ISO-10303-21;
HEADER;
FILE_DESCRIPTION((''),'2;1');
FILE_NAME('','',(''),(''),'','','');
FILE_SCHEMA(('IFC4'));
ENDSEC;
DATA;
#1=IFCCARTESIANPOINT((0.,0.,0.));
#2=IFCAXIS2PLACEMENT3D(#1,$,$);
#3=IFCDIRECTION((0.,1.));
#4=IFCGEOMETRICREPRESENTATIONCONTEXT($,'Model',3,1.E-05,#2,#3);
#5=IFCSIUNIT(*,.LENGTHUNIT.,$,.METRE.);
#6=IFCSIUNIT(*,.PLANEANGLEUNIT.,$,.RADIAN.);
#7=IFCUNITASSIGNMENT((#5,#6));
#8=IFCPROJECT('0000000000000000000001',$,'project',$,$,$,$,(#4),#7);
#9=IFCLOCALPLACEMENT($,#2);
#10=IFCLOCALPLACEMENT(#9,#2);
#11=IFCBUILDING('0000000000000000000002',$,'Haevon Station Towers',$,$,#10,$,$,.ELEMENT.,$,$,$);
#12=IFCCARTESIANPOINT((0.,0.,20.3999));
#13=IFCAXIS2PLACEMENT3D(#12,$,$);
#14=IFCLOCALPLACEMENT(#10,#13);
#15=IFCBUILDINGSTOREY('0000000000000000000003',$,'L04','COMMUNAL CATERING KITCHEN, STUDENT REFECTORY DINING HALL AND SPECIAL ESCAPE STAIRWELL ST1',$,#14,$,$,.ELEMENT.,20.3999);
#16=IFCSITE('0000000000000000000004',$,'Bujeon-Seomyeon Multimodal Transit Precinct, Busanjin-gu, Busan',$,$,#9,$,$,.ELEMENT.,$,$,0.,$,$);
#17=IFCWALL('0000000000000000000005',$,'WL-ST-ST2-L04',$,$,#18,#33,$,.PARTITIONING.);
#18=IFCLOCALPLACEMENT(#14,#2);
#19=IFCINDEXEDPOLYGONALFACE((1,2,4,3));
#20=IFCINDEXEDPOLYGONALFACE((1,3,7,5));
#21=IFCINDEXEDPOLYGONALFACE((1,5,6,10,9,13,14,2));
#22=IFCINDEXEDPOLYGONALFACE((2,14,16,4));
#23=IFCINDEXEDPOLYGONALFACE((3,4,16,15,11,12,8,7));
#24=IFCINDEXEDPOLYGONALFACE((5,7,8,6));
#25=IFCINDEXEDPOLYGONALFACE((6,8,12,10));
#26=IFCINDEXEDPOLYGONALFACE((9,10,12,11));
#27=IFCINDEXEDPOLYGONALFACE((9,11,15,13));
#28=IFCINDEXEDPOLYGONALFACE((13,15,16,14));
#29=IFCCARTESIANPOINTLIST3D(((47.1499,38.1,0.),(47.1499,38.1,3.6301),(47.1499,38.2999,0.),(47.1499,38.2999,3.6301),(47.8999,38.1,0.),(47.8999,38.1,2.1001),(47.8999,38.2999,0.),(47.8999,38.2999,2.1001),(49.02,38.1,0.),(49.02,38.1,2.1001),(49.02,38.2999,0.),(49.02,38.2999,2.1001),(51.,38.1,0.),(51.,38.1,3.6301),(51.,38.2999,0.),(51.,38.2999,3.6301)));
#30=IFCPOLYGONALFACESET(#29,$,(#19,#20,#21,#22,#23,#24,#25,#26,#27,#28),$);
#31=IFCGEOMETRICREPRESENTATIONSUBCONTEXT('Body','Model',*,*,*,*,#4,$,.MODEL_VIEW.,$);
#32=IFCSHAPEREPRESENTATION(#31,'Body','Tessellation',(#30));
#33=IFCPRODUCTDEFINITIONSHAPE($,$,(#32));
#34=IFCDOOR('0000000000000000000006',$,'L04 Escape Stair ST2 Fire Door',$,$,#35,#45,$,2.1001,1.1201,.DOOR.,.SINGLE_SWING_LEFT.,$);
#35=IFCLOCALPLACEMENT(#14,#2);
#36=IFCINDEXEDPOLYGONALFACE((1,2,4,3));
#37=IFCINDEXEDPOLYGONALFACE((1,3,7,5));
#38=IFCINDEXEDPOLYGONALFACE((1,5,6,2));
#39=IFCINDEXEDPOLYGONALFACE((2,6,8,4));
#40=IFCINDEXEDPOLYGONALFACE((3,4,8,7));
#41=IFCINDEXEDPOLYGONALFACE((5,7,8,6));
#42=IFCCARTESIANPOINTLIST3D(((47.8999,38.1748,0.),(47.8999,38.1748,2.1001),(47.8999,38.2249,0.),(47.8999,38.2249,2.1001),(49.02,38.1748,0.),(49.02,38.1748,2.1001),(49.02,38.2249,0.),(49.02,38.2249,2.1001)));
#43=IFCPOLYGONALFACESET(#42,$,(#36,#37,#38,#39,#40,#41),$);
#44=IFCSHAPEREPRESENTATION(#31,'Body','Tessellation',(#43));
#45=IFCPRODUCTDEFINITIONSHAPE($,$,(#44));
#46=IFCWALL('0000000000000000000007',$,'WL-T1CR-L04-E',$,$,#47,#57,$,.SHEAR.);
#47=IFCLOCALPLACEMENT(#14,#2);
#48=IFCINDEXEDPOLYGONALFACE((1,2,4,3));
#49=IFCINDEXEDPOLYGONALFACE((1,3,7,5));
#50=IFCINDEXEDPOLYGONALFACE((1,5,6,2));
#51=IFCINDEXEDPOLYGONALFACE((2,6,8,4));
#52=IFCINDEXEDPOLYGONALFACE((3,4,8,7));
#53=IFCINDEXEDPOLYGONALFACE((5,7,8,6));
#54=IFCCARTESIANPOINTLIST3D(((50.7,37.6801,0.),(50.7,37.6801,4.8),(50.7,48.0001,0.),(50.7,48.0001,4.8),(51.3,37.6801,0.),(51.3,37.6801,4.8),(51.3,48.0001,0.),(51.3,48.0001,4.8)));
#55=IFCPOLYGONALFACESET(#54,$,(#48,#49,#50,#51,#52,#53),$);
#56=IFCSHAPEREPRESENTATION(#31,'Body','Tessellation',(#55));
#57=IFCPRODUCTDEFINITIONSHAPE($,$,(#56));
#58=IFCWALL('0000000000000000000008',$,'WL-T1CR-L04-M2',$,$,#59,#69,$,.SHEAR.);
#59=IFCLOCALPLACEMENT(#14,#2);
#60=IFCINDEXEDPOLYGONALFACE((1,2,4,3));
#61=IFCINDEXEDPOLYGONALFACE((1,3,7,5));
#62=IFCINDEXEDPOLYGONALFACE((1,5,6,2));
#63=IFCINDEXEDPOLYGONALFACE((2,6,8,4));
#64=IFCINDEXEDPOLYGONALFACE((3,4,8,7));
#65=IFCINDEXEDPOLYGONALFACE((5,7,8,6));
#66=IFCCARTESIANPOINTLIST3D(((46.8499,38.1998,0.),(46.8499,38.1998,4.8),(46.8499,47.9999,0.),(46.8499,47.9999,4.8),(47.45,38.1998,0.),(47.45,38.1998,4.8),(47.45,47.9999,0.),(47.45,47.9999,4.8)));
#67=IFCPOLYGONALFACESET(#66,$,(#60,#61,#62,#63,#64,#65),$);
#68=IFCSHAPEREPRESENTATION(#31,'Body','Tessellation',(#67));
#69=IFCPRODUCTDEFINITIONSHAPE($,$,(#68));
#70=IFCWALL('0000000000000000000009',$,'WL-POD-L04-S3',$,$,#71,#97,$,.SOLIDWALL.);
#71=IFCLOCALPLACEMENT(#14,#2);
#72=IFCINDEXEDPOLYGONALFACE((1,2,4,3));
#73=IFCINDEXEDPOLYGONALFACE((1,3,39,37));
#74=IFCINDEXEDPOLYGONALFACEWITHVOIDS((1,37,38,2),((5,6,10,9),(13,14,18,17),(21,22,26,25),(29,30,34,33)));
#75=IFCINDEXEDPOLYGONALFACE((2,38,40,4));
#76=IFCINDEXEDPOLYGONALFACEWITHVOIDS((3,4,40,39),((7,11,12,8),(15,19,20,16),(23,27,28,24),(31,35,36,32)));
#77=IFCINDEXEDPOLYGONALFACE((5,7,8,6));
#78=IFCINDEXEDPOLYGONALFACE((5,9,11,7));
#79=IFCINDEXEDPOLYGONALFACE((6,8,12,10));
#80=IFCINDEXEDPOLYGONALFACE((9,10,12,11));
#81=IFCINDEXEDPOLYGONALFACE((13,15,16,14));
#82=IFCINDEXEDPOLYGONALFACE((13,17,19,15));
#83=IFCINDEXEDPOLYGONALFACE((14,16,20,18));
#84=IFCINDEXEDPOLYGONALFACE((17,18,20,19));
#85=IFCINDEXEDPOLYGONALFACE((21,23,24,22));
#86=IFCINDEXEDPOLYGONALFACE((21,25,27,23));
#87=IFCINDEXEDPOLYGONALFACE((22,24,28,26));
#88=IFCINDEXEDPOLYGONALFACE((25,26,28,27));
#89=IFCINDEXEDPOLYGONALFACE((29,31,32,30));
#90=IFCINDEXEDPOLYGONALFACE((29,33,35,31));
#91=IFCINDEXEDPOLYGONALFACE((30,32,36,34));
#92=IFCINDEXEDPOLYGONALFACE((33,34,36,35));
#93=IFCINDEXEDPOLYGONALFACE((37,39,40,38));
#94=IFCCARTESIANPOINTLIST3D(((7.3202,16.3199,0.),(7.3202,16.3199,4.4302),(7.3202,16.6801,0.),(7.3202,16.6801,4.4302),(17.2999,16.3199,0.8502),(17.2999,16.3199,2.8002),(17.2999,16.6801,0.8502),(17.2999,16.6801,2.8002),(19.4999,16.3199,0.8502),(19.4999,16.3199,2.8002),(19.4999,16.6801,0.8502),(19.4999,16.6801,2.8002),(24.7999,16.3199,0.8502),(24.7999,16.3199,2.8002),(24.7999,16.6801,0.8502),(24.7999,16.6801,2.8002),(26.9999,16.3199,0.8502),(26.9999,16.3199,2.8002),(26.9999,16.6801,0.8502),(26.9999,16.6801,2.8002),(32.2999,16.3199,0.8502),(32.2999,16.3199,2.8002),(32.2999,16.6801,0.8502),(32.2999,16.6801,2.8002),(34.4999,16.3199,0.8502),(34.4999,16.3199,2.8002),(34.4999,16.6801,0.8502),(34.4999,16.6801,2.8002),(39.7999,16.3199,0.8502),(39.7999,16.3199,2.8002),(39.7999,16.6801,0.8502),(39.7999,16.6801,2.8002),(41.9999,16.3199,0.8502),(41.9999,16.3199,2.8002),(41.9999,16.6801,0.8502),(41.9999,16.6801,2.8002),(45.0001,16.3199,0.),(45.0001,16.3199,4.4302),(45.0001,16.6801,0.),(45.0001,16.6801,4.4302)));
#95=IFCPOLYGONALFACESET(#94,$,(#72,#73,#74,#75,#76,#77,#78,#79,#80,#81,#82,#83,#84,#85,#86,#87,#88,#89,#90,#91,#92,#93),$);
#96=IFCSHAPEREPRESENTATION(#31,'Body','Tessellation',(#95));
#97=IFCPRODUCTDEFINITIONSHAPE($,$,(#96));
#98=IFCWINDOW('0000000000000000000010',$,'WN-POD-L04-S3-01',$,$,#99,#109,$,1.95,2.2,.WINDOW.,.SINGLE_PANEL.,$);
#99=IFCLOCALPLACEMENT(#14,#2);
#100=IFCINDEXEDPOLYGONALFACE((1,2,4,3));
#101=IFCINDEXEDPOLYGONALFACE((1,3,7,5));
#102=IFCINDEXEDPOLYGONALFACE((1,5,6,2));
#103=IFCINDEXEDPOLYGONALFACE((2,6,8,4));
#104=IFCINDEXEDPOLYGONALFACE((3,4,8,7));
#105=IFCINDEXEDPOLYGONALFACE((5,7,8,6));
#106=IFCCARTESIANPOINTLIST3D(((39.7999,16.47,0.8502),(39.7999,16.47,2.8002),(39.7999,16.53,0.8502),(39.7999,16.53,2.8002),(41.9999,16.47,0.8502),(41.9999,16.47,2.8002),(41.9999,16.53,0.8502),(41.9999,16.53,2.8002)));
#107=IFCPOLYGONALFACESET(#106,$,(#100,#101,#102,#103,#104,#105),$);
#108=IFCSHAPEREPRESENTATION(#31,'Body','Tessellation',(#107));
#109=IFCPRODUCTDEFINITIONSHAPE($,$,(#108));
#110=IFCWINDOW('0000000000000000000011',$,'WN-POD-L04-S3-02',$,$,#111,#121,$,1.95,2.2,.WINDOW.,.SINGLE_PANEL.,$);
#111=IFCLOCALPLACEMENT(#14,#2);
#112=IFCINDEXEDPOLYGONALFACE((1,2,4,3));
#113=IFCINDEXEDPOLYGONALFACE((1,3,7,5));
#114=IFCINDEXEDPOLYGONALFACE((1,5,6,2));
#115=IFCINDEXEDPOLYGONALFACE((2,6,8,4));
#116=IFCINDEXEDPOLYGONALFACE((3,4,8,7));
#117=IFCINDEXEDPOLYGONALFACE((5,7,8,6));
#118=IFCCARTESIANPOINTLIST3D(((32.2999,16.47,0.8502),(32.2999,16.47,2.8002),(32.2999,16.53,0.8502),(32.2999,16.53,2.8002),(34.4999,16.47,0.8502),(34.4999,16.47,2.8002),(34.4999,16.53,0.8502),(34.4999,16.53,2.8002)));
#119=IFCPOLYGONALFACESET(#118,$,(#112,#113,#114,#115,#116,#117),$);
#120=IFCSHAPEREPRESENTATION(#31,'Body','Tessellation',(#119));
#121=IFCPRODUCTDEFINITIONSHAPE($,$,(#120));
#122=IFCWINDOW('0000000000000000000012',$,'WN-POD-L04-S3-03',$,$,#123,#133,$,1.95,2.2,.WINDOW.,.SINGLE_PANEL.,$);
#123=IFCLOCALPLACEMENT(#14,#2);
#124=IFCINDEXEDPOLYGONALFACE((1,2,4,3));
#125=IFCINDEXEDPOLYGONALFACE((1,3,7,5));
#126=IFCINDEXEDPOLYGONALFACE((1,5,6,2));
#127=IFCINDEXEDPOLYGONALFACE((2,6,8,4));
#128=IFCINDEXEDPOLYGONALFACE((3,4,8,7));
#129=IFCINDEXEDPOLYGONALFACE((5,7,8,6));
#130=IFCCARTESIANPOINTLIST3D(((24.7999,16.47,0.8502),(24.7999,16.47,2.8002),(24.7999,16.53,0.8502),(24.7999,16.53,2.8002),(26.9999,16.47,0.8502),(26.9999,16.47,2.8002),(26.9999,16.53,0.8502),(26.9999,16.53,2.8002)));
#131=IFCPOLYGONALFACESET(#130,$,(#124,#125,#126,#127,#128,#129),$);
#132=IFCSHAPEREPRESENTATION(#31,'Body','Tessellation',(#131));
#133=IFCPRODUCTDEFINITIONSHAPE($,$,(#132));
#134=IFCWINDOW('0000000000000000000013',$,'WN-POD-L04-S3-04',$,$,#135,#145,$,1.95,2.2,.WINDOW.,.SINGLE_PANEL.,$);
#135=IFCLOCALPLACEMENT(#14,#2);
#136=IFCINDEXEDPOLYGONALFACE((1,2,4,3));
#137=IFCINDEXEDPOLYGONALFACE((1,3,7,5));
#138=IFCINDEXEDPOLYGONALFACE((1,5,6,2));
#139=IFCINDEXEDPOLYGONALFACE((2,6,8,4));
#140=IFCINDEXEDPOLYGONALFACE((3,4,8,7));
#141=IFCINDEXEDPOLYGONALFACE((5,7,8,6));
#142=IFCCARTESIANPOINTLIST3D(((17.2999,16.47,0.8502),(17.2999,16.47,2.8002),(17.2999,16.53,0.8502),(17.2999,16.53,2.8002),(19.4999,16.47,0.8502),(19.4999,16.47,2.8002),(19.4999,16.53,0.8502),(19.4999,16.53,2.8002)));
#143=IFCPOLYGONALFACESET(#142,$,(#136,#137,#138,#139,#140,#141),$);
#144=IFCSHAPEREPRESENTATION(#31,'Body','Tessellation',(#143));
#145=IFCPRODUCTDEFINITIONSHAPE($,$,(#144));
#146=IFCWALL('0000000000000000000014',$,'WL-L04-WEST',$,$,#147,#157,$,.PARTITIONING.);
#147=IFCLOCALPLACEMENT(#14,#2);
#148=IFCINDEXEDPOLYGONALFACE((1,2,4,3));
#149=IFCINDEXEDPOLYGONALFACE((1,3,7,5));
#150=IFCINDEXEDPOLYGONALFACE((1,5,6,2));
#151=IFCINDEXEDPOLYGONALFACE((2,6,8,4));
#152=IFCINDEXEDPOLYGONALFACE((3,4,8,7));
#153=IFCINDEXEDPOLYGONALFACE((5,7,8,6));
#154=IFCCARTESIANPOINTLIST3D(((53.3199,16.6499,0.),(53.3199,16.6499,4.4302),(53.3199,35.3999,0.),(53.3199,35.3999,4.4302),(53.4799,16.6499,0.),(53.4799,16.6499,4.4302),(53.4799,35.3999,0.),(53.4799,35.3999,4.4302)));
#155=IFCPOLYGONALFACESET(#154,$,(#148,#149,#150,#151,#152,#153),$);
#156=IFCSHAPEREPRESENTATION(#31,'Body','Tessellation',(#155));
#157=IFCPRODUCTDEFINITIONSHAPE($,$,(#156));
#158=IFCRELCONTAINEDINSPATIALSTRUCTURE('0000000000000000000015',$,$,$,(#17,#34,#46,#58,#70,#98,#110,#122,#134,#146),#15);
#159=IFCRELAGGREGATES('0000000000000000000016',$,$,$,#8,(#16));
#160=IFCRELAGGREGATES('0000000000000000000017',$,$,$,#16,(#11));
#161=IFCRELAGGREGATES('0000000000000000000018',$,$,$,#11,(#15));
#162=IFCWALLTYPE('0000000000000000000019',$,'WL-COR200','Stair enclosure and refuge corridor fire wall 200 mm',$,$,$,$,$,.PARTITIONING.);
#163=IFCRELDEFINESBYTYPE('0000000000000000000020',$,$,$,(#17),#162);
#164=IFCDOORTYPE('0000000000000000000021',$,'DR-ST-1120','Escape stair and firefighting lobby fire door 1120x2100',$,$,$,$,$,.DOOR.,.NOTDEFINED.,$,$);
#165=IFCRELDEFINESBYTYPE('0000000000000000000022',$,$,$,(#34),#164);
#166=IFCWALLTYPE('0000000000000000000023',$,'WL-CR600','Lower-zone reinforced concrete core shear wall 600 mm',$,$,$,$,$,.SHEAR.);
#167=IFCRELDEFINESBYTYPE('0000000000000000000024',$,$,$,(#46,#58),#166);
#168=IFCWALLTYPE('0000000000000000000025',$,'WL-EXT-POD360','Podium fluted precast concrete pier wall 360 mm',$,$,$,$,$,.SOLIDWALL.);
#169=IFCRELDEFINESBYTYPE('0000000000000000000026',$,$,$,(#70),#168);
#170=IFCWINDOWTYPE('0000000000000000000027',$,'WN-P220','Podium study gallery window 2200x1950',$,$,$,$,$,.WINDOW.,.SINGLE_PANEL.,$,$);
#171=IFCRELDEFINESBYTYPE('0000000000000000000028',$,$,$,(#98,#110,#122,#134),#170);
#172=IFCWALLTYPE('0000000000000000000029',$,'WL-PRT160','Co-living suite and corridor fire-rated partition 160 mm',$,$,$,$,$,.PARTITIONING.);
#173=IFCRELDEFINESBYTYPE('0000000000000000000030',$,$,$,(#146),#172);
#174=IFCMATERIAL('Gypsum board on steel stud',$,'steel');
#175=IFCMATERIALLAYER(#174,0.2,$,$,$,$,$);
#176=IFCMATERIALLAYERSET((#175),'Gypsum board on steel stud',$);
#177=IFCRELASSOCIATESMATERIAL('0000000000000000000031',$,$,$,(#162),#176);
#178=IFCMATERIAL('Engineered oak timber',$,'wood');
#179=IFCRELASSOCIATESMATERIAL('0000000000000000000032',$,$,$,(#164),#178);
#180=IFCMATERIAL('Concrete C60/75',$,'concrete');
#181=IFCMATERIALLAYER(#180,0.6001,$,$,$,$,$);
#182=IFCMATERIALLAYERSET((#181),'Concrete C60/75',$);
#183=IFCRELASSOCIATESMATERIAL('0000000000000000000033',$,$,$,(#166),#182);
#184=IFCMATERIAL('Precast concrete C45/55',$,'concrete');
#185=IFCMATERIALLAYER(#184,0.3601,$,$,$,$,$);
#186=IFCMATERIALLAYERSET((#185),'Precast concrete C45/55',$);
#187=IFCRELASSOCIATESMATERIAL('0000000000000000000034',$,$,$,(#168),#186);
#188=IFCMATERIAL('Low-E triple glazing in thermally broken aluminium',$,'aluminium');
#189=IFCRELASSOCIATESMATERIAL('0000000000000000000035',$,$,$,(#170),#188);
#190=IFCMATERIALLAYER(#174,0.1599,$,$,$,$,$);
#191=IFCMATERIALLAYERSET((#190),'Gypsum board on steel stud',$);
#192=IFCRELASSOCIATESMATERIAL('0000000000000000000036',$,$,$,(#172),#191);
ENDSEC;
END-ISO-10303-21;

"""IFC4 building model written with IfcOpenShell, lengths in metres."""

from ifc_helpers import new_model, si_unit, direction, frame, frame_2d, origin, place, context, subcontext, project, spatial, rectangle, extrude, material, layer, layer_set, type_object, element, fill, save


model = new_model("IFC4")

# Units and contexts
model_context = context("Model", 3, precision=1e-05, world=origin(), true_north=direction((0.0, 1.0)))
body_context = subcontext(model_context, "Body", "Model", "MODEL_VIEW")
ifc_project = project(units=[si_unit("LENGTHUNIT", "METRE"), si_unit("PLANEANGLEUNIT", "RADIAN")], contexts=[model_context])

# Site, building, storey
site_placement = place(None, origin())
site = spatial("IfcSite", under=ifc_project, at=site_placement, Name="Bujeon-Seomyeon Multimodal Transit Precinct, Busanjin-gu, Busan", CompositionType="ELEMENT", RefElevation=0.0)
building_placement = place(site_placement, origin())
building = spatial("IfcBuilding", under=site, at=building_placement, Name="Haevon Station Towers", CompositionType="ELEMENT")
storey_placement = place(building_placement, frame((0.0, 0.0, 20.3999)))
storey = spatial("IfcBuildingStorey", under=building, at=storey_placement, Name="L04", Description="COMMUNAL CATERING KITCHEN, STUDENT REFECTORY DINING HALL AND SPECIAL ESCAPE STAIRWELL ST1", CompositionType="ELEMENT", Elevation=20.3999)

# Wall, opening, door
ifc_material_1 = material(Name="Gypsum board on steel stud", Category="steel")
ifc_layer_1 = layer(ifc_material_1, 0.2)
ifc_layer_set_1 = layer_set([ifc_layer_1], Name="Gypsum board on steel stud")
wall_type_1 = type_object("IfcWallType", Name="WL-COR200", Description="Stair enclosure and refuge corridor fire wall 200 mm", PredefinedType="PARTITIONING", material=ifc_layer_set_1)
wall_1_placement = place(storey_placement, frame((47.1499, 38.2, 0.0), z_axis=(0.0, 0.0, 1.0), x_axis=(1.0, 0.0, 0.0)))
wall_1 = element("IfcWall", 1, at=wall_1_placement, inside=storey, type_object=wall_type_1, Name="WL-ST-ST2-L04", PredefinedType="PARTITIONING", context=body_context, shape_type="SweptSolid", body=[
    extrude(rectangle(XDim=3.8501, YDim=0.2, at=frame_2d((1.925, 0.0))), origin(), (0.0, 0.0, 1.0), 3.6301),
])
opening_1_placement = place(wall_1_placement, frame((0.75, 0.0, 0.0)))
opening_1 = element("IfcOpeningElement", 2, at=opening_1_placement, cuts=wall_1, PredefinedType="OPENING", context=body_context, shape_type="SweptSolid", body=[
    extrude(rectangle(XDim=1.1201, YDim=2.1001, at=frame_2d((0.5601, 1.05))), frame((0.0, 0.1099, 0.0), z_axis=(0.0, -1.0, 0.0), x_axis=(1.0, 0.0, 0.0)), (0.0, 0.0, 1.0), 0.22),
])
ifc_material_2 = material(Name="Engineered oak timber", Category="wood")
door_type = type_object("IfcDoorType", Name="DR-ST-1120", Description="Escape stair and firefighting lobby fire door 1120x2100", OperationType="NOTDEFINED", PredefinedType="DOOR", material=ifc_material_2)
door_placement = place(opening_1_placement, origin())
door = element("IfcDoor", 3, at=door_placement, inside=storey, type_object=door_type, Name="L04 Escape Stair ST2 Fire Door", OperationType="SINGLE_SWING_LEFT", OverallHeight=2.1001, OverallWidth=1.1201, PredefinedType="DOOR", context=body_context, shape_type="SweptSolid", body=[
    extrude(rectangle(XDim=1.1201, YDim=2.1001, at=frame_2d((0.5601, 1.05))), frame((0.0, 0.0249, 0.0), z_axis=(0.0, -1.0, 0.0), x_axis=(1.0, 0.0, 0.0)), (0.0, 0.0, 1.0), 0.05),
])
fill(opening_1, door)

# Walls
ifc_material_3 = material(Name="Concrete C60/75", Category="concrete")
ifc_layer_2 = layer(ifc_material_3, 0.6001)
ifc_layer_set_2 = layer_set([ifc_layer_2], Name="Concrete C60/75")
wall_type_2 = type_object("IfcWallType", Name="WL-CR600", Description="Lower-zone reinforced concrete core shear wall 600 mm", PredefinedType="SHEAR", material=ifc_layer_set_2)
wall_2_placement = place(storey_placement, frame((51.0, 37.6799, 0.0), z_axis=(0.0, 0.0, 1.0), x_axis=(0.0, 1.0, 0.0)))
element("IfcWall", 4, at=wall_2_placement, inside=storey, type_object=wall_type_2, Name="WL-T1CR-L04-E", PredefinedType="SHEAR", context=body_context, shape_type="SweptSolid", body=[
    extrude(rectangle(XDim=10.3201, YDim=0.6001, at=frame_2d((5.1602, 0.0))), origin(), (0.0, 0.0, 1.0), 4.8),
])
wall_3_placement = place(storey_placement, frame((47.1499, 38.2, 0.0), z_axis=(0.0, 0.0, 1.0), x_axis=(0.0, 1.0, 0.0)))
element("IfcWall", 5, at=wall_3_placement, inside=storey, type_object=wall_type_2, Name="WL-T1CR-L04-M2", PredefinedType="SHEAR", context=body_context, shape_type="SweptSolid", body=[
    extrude(rectangle(XDim=9.8, YDim=0.6001, at=frame_2d((4.8999, 0.0))), origin(), (0.0, 0.0, 1.0), 4.8),
])

# Wall, openings, windows
ifc_material_4 = material(Name="Precast concrete C45/55", Category="concrete")
ifc_layer_3 = layer(ifc_material_4, 0.3601)
ifc_layer_set_3 = layer_set([ifc_layer_3], Name="Precast concrete C45/55")
wall_type_3 = type_object("IfcWallType", Name="WL-EXT-POD360", Description="Podium fluted precast concrete pier wall 360 mm", PredefinedType="SOLIDWALL", material=ifc_layer_set_3)
wall_4_placement = place(storey_placement, frame((45.0, 16.5, 0.0), z_axis=(0.0, 0.0, 1.0), x_axis=(-1.0, 0.0, 0.0)))
wall_4 = element("IfcWall", 6, at=wall_4_placement, inside=storey, type_object=wall_type_3, Name="WL-POD-L04-S3", PredefinedType="SOLIDWALL", context=body_context, shape_type="SweptSolid", body=[
    extrude(rectangle(XDim=37.6799, YDim=0.3601, at=frame_2d((18.8398, 0.0))), origin(), (0.0, 0.0, 1.0), 4.4302),
])
opening_2_placement = place(wall_4_placement, frame((3.0, 0.0, 0.8501)))
opening_2 = element("IfcOpeningElement", 7, at=opening_2_placement, cuts=wall_4, PredefinedType="OPENING", context=body_context, shape_type="SweptSolid", body=[
    extrude(rectangle(XDim=2.2, YDim=1.95, at=frame_2d((1.1001, 0.9751))), frame((0.0, 0.1899, 0.0), z_axis=(0.0, -1.0, 0.0), x_axis=(1.0, 0.0, 0.0)), (0.0, 0.0, 1.0), 0.3801),
])
opening_3_placement = place(wall_4_placement, frame((10.5, 0.0, 0.8501)))
opening_3 = element("IfcOpeningElement", 8, at=opening_3_placement, cuts=wall_4, PredefinedType="OPENING", context=body_context, shape_type="SweptSolid", body=[
    extrude(rectangle(XDim=2.2, YDim=1.95, at=frame_2d((1.1001, 0.9751))), frame((0.0, 0.1899, 0.0), z_axis=(0.0, -1.0, 0.0), x_axis=(1.0, 0.0, 0.0)), (0.0, 0.0, 1.0), 0.3801),
])
opening_4_placement = place(wall_4_placement, frame((18.0, 0.0, 0.8501)))
opening_4 = element("IfcOpeningElement", 9, at=opening_4_placement, cuts=wall_4, PredefinedType="OPENING", context=body_context, shape_type="SweptSolid", body=[
    extrude(rectangle(XDim=2.2, YDim=1.95, at=frame_2d((1.1001, 0.9751))), frame((0.0, 0.1899, 0.0), z_axis=(0.0, -1.0, 0.0), x_axis=(1.0, 0.0, 0.0)), (0.0, 0.0, 1.0), 0.3801),
])
opening_5_placement = place(wall_4_placement, frame((25.5, 0.0, 0.8501)))
opening_5 = element("IfcOpeningElement", 10, at=opening_5_placement, cuts=wall_4, PredefinedType="OPENING", context=body_context, shape_type="SweptSolid", body=[
    extrude(rectangle(XDim=2.2, YDim=1.95, at=frame_2d((1.1001, 0.9751))), frame((0.0, 0.1899, 0.0), z_axis=(0.0, -1.0, 0.0), x_axis=(1.0, 0.0, 0.0)), (0.0, 0.0, 1.0), 0.3801),
])
ifc_material_5 = material(Name="Low-E triple glazing in thermally broken aluminium", Category="aluminium")
window_type = type_object("IfcWindowType", Name="WN-P220", Description="Podium study gallery window 2200x1950", PartitioningType="SINGLE_PANEL", PredefinedType="WINDOW", material=ifc_material_5)
window_1_placement = place(opening_2_placement, origin())
window_1 = element("IfcWindow", 11, at=window_1_placement, inside=storey, type_object=window_type, Name="WN-POD-L04-S3-01", OverallHeight=1.95, OverallWidth=2.2, PartitioningType="SINGLE_PANEL", PredefinedType="WINDOW", context=body_context, shape_type="SweptSolid", body=[
    extrude(rectangle(XDim=2.2, YDim=1.95, at=frame_2d((1.1001, 0.9751))), frame((0.0, 0.03, 0.0), z_axis=(0.0, -1.0, 0.0), x_axis=(1.0, 0.0, 0.0)), (0.0, 0.0, 1.0), 0.0601),
])
fill(opening_2, window_1)
window_2_placement = place(opening_3_placement, origin())
window_2 = element("IfcWindow", 12, at=window_2_placement, inside=storey, type_object=window_type, Name="WN-POD-L04-S3-02", OverallHeight=1.95, OverallWidth=2.2, PartitioningType="SINGLE_PANEL", PredefinedType="WINDOW", context=body_context, shape_type="SweptSolid", body=[
    extrude(rectangle(XDim=2.2, YDim=1.95, at=frame_2d((1.1001, 0.9751))), frame((0.0, 0.03, 0.0), z_axis=(0.0, -1.0, 0.0), x_axis=(1.0, 0.0, 0.0)), (0.0, 0.0, 1.0), 0.0601),
])
fill(opening_3, window_2)
window_3_placement = place(opening_4_placement, origin())
window_3 = element("IfcWindow", 13, at=window_3_placement, inside=storey, type_object=window_type, Name="WN-POD-L04-S3-03", OverallHeight=1.95, OverallWidth=2.2, PartitioningType="SINGLE_PANEL", PredefinedType="WINDOW", context=body_context, shape_type="SweptSolid", body=[
    extrude(rectangle(XDim=2.2, YDim=1.95, at=frame_2d((1.1001, 0.9751))), frame((0.0, 0.03, 0.0), z_axis=(0.0, -1.0, 0.0), x_axis=(1.0, 0.0, 0.0)), (0.0, 0.0, 1.0), 0.0601),
])
fill(opening_4, window_3)
window_4_placement = place(opening_5_placement, origin())
window_4 = element("IfcWindow", 14, at=window_4_placement, inside=storey, type_object=window_type, Name="WN-POD-L04-S3-04", OverallHeight=1.95, OverallWidth=2.2, PartitioningType="SINGLE_PANEL", PredefinedType="WINDOW", context=body_context, shape_type="SweptSolid", body=[
    extrude(rectangle(XDim=2.2, YDim=1.95, at=frame_2d((1.1001, 0.9751))), frame((0.0, 0.03, 0.0), z_axis=(0.0, -1.0, 0.0), x_axis=(1.0, 0.0, 0.0)), (0.0, 0.0, 1.0), 0.0601),
])
fill(opening_5, window_4)

# Wall
ifc_layer_4 = layer(ifc_material_1, 0.1599)
ifc_layer_set_4 = layer_set([ifc_layer_4], Name="Gypsum board on steel stud")
wall_type_4 = type_object("IfcWallType", Name="WL-PRT160", Description="Co-living suite and corridor fire-rated partition 160 mm", PredefinedType="PARTITIONING", material=ifc_layer_set_4)
wall_5_placement = place(storey_placement, frame((53.3999, 16.6499, 0.0), z_axis=(0.0, 0.0, 1.0), x_axis=(0.0, 1.0, 0.0)))
element("IfcWall", 15, at=wall_5_placement, inside=storey, type_object=wall_type_4, Name="WL-L04-WEST", PredefinedType="PARTITIONING", context=body_context, shape_type="SweptSolid", body=[
    extrude(rectangle(XDim=18.75, YDim=0.1599, at=frame_2d((9.375, 0.0))), origin(), (0.0, 0.0, 1.0), 4.4302),
])

save(model, "model.ifc")
